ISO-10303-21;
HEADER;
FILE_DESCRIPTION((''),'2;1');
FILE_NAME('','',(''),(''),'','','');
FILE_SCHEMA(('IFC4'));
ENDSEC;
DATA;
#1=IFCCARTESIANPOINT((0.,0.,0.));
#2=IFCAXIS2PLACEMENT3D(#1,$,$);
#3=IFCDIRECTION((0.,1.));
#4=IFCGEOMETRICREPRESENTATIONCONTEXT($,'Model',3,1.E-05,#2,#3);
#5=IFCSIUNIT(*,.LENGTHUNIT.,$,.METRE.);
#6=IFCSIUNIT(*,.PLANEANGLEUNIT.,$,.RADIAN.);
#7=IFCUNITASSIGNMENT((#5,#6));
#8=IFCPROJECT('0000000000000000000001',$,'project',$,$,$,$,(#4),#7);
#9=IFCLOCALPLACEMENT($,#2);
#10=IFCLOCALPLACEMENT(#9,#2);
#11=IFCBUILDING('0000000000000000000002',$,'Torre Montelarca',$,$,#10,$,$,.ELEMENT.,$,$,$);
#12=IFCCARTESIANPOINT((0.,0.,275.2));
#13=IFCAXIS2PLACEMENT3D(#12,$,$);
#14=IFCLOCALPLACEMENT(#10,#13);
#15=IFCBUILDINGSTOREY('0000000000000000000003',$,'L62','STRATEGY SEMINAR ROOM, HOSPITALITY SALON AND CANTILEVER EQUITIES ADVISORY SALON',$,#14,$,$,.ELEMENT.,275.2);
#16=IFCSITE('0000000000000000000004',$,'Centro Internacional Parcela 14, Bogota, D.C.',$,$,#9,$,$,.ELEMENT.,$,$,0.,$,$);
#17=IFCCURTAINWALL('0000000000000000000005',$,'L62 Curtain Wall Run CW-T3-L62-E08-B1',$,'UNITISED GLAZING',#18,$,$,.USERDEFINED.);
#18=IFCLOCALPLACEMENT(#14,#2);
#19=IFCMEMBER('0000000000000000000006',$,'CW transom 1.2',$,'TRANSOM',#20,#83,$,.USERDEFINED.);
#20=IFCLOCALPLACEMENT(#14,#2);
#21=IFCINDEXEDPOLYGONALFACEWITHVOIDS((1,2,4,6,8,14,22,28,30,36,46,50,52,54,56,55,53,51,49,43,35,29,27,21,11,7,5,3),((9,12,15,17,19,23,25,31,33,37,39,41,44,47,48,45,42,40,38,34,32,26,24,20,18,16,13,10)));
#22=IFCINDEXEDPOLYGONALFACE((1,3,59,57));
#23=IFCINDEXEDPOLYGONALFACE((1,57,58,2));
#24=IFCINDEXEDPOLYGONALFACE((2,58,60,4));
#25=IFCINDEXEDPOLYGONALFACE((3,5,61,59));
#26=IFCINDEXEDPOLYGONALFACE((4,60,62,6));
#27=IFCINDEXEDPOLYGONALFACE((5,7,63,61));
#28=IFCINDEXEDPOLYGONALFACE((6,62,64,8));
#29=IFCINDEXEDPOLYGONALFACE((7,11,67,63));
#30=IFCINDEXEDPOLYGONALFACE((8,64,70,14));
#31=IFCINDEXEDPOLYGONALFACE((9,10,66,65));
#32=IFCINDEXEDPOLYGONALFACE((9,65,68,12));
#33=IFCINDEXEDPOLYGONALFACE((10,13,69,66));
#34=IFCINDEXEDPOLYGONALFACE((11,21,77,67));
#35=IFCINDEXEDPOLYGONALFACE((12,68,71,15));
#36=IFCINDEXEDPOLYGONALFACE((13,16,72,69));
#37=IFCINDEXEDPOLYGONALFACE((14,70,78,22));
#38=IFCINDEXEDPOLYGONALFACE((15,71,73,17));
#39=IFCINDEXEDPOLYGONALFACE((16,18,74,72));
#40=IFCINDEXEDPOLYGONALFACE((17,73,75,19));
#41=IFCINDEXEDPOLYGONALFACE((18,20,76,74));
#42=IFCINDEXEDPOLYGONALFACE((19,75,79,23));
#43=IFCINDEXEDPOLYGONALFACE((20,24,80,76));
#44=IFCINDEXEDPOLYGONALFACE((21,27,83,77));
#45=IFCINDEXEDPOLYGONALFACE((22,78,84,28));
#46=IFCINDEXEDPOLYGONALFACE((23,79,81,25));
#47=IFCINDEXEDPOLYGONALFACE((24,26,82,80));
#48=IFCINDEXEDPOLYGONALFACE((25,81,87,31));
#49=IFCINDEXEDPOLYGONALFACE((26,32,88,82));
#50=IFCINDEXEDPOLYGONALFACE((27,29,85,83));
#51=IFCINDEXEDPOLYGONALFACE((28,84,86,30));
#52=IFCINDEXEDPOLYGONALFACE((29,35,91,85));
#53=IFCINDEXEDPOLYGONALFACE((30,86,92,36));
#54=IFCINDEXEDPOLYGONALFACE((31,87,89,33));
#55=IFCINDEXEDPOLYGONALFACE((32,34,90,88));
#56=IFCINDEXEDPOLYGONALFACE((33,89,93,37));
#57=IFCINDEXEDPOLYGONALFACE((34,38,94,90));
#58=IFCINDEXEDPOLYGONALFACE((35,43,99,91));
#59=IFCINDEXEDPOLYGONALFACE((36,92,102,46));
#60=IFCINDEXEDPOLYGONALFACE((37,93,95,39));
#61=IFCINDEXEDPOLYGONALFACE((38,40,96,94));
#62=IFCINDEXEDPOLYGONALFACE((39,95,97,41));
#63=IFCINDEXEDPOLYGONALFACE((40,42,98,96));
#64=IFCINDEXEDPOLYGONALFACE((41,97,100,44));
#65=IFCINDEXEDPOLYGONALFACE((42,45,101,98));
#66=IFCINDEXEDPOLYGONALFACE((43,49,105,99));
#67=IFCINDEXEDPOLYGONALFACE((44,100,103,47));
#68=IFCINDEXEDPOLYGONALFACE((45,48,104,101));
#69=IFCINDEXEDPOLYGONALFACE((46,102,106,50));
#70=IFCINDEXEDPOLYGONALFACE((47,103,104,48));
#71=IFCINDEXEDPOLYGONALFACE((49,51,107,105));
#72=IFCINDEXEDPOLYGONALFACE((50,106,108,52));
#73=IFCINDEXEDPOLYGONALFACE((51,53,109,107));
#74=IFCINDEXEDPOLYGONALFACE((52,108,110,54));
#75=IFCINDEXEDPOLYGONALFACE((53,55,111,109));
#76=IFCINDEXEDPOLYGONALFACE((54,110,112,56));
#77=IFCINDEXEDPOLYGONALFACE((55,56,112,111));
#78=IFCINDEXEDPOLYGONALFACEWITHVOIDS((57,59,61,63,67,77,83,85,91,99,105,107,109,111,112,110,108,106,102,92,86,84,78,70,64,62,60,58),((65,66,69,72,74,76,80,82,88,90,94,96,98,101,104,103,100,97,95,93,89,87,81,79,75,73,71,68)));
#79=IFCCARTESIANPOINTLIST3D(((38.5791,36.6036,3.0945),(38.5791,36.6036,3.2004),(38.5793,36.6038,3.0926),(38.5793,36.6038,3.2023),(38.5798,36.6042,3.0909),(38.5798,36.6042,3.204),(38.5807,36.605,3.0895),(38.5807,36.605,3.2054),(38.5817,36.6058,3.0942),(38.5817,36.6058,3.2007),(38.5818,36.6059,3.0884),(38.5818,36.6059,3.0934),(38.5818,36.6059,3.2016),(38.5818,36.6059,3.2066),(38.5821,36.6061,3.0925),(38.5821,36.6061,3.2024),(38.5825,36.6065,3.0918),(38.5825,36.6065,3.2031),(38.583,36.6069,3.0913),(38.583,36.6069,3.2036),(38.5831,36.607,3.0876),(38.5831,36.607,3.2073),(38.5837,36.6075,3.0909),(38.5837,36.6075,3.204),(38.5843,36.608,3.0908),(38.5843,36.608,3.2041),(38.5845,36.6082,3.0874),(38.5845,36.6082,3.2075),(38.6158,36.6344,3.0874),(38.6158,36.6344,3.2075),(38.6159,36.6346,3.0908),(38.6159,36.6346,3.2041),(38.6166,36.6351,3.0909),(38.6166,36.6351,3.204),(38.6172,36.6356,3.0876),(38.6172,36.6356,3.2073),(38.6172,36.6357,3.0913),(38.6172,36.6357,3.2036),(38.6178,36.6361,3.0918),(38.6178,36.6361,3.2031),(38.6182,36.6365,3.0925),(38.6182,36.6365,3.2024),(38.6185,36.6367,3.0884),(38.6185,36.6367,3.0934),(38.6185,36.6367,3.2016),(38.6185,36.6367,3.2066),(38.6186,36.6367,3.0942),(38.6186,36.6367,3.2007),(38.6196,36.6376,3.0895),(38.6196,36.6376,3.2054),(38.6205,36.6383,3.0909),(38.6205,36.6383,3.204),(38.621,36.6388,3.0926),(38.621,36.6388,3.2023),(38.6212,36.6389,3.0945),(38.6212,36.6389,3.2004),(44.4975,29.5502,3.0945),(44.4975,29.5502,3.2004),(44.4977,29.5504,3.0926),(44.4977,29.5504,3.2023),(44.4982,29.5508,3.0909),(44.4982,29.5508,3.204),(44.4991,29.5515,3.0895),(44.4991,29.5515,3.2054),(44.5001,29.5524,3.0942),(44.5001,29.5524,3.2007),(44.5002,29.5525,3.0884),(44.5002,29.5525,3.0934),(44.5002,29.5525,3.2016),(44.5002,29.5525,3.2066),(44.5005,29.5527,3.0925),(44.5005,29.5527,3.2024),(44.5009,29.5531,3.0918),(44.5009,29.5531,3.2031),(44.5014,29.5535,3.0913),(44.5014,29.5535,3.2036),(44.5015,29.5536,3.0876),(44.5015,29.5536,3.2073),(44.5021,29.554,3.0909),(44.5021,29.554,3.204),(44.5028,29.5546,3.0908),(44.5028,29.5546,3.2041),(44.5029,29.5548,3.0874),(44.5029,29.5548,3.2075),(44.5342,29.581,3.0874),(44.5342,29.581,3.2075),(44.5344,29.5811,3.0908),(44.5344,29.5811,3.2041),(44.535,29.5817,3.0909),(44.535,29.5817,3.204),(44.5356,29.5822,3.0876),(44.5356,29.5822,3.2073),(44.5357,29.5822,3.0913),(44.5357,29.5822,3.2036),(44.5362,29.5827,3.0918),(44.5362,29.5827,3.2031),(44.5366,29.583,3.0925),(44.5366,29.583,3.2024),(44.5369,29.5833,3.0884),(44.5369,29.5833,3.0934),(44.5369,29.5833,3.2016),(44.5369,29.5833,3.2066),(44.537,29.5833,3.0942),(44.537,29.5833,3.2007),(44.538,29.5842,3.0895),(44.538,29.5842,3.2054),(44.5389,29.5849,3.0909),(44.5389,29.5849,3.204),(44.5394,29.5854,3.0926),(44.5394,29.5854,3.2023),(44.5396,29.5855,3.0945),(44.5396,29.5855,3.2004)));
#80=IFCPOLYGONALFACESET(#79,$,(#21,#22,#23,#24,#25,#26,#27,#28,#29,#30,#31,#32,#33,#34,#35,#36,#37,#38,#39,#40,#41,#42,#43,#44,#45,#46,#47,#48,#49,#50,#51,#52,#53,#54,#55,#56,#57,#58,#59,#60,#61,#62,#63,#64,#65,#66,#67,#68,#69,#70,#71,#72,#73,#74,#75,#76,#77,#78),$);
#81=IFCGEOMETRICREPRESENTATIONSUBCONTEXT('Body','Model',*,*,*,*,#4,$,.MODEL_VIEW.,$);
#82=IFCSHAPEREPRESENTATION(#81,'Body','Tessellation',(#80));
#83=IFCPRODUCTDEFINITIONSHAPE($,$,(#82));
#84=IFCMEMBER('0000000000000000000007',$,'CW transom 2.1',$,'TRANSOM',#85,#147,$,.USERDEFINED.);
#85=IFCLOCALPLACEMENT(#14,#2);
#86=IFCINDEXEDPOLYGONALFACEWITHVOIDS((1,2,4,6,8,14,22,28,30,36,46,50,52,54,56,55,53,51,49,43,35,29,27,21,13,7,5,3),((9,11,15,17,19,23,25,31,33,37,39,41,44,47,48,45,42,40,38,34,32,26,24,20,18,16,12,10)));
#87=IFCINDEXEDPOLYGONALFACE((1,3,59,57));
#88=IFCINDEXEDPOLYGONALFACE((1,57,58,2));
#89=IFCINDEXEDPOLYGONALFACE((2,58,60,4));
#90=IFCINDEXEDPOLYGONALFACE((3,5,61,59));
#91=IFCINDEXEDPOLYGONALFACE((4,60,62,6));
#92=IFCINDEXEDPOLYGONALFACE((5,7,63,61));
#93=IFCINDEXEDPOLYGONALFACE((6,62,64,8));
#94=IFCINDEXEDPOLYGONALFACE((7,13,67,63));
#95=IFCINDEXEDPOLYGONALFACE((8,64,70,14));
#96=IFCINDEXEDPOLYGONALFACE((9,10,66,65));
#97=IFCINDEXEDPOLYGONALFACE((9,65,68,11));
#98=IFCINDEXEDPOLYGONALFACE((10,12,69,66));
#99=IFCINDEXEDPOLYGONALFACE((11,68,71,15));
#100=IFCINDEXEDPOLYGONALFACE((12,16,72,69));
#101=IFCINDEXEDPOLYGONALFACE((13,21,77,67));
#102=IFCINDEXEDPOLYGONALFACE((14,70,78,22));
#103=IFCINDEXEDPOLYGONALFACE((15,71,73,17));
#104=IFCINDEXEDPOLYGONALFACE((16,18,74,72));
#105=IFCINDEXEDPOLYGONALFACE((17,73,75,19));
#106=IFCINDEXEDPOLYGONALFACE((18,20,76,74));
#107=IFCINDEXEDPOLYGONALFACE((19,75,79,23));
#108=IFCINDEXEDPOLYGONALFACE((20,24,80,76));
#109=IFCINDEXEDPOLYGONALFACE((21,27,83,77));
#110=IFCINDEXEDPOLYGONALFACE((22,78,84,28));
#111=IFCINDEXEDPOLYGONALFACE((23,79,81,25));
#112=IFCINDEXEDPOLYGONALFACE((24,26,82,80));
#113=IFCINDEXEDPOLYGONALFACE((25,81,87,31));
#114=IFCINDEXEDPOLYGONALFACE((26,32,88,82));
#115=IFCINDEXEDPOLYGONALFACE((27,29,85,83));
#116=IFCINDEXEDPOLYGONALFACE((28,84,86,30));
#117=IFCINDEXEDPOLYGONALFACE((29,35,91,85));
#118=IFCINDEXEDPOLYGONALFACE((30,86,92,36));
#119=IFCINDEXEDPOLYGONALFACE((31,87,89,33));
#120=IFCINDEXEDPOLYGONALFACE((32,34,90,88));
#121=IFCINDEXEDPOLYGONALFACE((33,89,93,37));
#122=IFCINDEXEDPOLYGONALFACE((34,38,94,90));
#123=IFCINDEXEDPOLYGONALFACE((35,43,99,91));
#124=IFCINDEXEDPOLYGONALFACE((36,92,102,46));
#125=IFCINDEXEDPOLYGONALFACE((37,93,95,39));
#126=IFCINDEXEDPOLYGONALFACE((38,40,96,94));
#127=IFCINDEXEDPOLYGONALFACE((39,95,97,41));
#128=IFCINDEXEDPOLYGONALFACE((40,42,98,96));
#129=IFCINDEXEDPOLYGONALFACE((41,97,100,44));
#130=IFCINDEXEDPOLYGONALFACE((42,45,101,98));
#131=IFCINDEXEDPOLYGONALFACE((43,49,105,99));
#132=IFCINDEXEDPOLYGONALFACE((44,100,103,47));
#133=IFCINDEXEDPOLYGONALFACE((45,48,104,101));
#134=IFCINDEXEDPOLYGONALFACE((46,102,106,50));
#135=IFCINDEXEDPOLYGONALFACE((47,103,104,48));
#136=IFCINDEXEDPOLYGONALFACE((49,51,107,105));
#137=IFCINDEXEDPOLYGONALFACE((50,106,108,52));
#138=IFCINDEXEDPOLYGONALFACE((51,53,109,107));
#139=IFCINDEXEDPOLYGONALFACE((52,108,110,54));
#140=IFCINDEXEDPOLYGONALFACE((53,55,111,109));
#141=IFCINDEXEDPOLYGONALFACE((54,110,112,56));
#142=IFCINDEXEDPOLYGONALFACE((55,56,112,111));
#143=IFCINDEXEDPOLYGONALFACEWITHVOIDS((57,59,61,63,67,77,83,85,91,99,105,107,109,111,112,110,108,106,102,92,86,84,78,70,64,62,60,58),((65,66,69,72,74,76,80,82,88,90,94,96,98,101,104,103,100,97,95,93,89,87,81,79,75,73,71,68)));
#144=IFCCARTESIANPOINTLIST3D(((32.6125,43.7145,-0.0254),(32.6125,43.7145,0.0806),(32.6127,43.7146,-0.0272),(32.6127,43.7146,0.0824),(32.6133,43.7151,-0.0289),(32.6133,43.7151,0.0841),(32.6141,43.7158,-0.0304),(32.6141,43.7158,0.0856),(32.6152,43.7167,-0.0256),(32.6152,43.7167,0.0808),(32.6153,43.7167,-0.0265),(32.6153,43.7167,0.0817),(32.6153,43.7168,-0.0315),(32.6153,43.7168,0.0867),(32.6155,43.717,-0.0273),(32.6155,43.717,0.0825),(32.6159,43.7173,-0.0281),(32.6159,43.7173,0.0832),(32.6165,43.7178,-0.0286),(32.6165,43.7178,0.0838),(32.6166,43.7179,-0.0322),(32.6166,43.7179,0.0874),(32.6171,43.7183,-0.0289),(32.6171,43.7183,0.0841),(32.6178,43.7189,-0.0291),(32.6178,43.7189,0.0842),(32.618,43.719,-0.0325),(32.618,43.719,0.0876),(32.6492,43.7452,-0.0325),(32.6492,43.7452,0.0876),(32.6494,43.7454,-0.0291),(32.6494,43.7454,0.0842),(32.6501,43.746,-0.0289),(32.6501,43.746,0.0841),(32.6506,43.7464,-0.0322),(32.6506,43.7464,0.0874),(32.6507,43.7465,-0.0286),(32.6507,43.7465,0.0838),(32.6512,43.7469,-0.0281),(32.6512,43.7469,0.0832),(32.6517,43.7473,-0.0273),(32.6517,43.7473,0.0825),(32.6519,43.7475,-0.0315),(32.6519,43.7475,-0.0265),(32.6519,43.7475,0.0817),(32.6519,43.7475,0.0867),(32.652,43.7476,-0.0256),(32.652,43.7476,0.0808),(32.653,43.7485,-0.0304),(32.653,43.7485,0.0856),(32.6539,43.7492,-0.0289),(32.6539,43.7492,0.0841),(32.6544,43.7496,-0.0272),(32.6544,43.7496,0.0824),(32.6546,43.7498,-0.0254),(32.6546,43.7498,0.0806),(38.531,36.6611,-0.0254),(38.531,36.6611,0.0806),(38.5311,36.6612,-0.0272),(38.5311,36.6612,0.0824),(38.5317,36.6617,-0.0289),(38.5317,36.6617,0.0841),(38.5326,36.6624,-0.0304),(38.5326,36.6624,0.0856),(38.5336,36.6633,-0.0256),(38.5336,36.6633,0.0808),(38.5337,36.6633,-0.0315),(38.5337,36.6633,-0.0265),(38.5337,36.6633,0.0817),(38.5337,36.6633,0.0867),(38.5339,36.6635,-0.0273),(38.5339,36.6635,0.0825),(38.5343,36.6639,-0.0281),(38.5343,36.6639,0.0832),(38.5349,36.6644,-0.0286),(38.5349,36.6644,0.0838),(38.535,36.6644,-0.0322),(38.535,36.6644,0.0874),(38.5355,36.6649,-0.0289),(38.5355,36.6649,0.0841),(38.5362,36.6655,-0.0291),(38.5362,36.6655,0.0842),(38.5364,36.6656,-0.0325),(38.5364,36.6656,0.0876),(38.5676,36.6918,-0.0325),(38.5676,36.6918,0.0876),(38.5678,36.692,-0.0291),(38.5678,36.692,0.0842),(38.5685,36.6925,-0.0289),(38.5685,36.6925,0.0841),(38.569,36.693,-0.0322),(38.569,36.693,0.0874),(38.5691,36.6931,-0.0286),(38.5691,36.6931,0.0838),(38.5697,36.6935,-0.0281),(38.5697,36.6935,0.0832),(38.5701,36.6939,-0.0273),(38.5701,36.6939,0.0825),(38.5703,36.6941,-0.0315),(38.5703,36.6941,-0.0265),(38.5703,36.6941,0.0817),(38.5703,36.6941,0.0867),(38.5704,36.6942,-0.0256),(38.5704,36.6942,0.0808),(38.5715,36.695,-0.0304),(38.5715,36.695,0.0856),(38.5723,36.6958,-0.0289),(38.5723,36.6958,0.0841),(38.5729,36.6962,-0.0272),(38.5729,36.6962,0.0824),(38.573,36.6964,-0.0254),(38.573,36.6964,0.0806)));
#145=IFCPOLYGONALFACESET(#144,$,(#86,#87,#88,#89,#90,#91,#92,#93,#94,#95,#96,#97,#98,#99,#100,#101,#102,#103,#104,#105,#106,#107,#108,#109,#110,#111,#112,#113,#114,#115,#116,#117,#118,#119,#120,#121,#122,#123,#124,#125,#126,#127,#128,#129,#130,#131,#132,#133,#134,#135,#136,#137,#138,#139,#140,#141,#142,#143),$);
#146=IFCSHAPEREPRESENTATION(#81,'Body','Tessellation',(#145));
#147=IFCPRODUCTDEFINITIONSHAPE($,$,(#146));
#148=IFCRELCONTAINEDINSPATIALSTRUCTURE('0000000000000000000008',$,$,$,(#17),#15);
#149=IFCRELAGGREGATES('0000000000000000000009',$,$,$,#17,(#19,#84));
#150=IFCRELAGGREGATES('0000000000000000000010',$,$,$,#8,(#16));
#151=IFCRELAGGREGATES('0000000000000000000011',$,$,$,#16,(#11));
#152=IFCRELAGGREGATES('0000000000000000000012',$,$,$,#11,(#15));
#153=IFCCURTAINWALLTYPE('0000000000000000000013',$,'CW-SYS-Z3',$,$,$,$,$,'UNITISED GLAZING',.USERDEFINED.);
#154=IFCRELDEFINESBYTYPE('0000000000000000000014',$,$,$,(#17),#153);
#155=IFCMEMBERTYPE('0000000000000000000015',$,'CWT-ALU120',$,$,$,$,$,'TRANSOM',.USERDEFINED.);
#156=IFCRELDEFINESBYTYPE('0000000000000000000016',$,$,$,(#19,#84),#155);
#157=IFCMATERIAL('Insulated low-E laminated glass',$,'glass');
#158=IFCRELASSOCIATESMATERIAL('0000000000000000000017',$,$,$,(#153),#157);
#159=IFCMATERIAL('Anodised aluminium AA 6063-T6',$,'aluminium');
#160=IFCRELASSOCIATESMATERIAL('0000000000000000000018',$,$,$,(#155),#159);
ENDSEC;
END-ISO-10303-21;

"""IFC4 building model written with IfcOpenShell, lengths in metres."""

from ifc_helpers import new_model, si_unit, direction, frame, origin, origin_2d, place, context, subcontext, project, spatial, hollow_rectangle, extrude, source, transform, mapped, material, material_profile, profile_set, type_object, element, aggregate, save


model = new_model("IFC4")

# Units and contexts
model_context = context("Model", 3, precision=1e-05, world=origin(), true_north=direction((0.0, 1.0)))
body_context = subcontext(model_context, "Body", "Model", "MODEL_VIEW")
ifc_project = project(units=[si_unit("LENGTHUNIT", "METRE"), si_unit("PLANEANGLEUNIT", "RADIAN")], contexts=[model_context])

# Site, building, storey
site_placement = place(None, origin())
site = spatial("IfcSite", under=ifc_project, at=site_placement, Name="Centro Internacional Parcela 14, Bogota, D.C.", CompositionType="ELEMENT", RefElevation=0.0)
building_placement = place(site_placement, origin())
building = spatial("IfcBuilding", under=site, at=building_placement, Name="Torre Montelarca", CompositionType="ELEMENT")
storey_placement = place(building_placement, frame((0.0, 0.0, 275.2)))
storey = spatial("IfcBuildingStorey", under=building, at=storey_placement, Name="L62", Description="STRATEGY SEMINAR ROOM, HOSPITALITY SALON AND CANTILEVER EQUITIES ADVISORY SALON", CompositionType="ELEMENT", Elevation=275.2)

# Shared definitions
ifc_material_1 = material(Name="Insulated low-E laminated glass", Category="glass")
curtain_wall_type = type_object("IfcCurtainWallType", Name="CW-SYS-Z3", ElementType="UNITISED GLAZING", PredefinedType="USERDEFINED", material=ifc_material_1)
ifc_material_2 = material(Name="Anodised aluminium AA 6063-T6", Category="aluminium")

# Curtain wall
curtain_wall_1_placement = place(storey_placement, origin())
curtain_wall_1 = element("IfcCurtainWall", 1, at=curtain_wall_1_placement, inside=storey, type_object=curtain_wall_type, Name="L62 Curtain Wall Run CW-T3-L62-E08-B1", ObjectType="UNITISED GLAZING", PredefinedType="USERDEFINED")

# Members
ifc_material_profile_1 = material_profile(ifc_material_2, hollow_rectangle(XDim=0.0549, YDim=0.1201, WallThickness=0.0034, InnerFilletRadius=0.0034, OuterFilletRadius=0.0071, at=origin_2d()), Name="ALU55X120X3.5", Category="aluminium")
ifc_profile_set_1 = profile_set([ifc_material_profile_1], Name="Anodised aluminium AA 6063-T6")
member_type_1 = type_object("IfcMemberType", Name="CWT-ALU120", ElementType="TRANSOM", PredefinedType="USERDEFINED", material=ifc_profile_set_1)
shared_shape_1 = source(origin(), body_context, "Body", "SweptSolid", [
    extrude(hollow_rectangle(XDim=0.0549, YDim=0.1201, WallThickness=0.0034, InnerFilletRadius=0.0034, OuterFilletRadius=0.0071, at=origin_2d()), origin(), (0.0, 0.0, 1.0), 9.2075),
])
member_1_placement = place(storey_placement, frame((44.5186, 29.5679, 3.1475), z_axis=(-0.642781, 0.76605, 0.0), x_axis=(-0.76605, -0.642781, 0.0)))
member_1 = element("IfcMember", 2, at=member_1_placement, type_object=member_type_1, Name="CW transom 1.2", ObjectType="TRANSOM", PredefinedType="USERDEFINED", context=body_context, shape_type="MappedRepresentation", body=[
    mapped(shared_shape_1, transform((0.0, 0.0, 0.0), scale=1.0)),
])
member_2_placement = place(storey_placement, frame((38.552, 36.6787, 0.0276), z_axis=(-0.642781, 0.76605, 0.0), x_axis=(-0.76605, -0.642781, 0.0)))
member_2 = element("IfcMember", 3, at=member_2_placement, type_object=member_type_1, Name="CW transom 2.1", ObjectType="TRANSOM", PredefinedType="USERDEFINED", context=body_context, shape_type="MappedRepresentation", body=[
    mapped(shared_shape_1, transform((0.0, 0.0, 0.0), scale=1.0)),
])

aggregate(curtain_wall_1, [member_1, member_2])

save(model, "model.ifc")
